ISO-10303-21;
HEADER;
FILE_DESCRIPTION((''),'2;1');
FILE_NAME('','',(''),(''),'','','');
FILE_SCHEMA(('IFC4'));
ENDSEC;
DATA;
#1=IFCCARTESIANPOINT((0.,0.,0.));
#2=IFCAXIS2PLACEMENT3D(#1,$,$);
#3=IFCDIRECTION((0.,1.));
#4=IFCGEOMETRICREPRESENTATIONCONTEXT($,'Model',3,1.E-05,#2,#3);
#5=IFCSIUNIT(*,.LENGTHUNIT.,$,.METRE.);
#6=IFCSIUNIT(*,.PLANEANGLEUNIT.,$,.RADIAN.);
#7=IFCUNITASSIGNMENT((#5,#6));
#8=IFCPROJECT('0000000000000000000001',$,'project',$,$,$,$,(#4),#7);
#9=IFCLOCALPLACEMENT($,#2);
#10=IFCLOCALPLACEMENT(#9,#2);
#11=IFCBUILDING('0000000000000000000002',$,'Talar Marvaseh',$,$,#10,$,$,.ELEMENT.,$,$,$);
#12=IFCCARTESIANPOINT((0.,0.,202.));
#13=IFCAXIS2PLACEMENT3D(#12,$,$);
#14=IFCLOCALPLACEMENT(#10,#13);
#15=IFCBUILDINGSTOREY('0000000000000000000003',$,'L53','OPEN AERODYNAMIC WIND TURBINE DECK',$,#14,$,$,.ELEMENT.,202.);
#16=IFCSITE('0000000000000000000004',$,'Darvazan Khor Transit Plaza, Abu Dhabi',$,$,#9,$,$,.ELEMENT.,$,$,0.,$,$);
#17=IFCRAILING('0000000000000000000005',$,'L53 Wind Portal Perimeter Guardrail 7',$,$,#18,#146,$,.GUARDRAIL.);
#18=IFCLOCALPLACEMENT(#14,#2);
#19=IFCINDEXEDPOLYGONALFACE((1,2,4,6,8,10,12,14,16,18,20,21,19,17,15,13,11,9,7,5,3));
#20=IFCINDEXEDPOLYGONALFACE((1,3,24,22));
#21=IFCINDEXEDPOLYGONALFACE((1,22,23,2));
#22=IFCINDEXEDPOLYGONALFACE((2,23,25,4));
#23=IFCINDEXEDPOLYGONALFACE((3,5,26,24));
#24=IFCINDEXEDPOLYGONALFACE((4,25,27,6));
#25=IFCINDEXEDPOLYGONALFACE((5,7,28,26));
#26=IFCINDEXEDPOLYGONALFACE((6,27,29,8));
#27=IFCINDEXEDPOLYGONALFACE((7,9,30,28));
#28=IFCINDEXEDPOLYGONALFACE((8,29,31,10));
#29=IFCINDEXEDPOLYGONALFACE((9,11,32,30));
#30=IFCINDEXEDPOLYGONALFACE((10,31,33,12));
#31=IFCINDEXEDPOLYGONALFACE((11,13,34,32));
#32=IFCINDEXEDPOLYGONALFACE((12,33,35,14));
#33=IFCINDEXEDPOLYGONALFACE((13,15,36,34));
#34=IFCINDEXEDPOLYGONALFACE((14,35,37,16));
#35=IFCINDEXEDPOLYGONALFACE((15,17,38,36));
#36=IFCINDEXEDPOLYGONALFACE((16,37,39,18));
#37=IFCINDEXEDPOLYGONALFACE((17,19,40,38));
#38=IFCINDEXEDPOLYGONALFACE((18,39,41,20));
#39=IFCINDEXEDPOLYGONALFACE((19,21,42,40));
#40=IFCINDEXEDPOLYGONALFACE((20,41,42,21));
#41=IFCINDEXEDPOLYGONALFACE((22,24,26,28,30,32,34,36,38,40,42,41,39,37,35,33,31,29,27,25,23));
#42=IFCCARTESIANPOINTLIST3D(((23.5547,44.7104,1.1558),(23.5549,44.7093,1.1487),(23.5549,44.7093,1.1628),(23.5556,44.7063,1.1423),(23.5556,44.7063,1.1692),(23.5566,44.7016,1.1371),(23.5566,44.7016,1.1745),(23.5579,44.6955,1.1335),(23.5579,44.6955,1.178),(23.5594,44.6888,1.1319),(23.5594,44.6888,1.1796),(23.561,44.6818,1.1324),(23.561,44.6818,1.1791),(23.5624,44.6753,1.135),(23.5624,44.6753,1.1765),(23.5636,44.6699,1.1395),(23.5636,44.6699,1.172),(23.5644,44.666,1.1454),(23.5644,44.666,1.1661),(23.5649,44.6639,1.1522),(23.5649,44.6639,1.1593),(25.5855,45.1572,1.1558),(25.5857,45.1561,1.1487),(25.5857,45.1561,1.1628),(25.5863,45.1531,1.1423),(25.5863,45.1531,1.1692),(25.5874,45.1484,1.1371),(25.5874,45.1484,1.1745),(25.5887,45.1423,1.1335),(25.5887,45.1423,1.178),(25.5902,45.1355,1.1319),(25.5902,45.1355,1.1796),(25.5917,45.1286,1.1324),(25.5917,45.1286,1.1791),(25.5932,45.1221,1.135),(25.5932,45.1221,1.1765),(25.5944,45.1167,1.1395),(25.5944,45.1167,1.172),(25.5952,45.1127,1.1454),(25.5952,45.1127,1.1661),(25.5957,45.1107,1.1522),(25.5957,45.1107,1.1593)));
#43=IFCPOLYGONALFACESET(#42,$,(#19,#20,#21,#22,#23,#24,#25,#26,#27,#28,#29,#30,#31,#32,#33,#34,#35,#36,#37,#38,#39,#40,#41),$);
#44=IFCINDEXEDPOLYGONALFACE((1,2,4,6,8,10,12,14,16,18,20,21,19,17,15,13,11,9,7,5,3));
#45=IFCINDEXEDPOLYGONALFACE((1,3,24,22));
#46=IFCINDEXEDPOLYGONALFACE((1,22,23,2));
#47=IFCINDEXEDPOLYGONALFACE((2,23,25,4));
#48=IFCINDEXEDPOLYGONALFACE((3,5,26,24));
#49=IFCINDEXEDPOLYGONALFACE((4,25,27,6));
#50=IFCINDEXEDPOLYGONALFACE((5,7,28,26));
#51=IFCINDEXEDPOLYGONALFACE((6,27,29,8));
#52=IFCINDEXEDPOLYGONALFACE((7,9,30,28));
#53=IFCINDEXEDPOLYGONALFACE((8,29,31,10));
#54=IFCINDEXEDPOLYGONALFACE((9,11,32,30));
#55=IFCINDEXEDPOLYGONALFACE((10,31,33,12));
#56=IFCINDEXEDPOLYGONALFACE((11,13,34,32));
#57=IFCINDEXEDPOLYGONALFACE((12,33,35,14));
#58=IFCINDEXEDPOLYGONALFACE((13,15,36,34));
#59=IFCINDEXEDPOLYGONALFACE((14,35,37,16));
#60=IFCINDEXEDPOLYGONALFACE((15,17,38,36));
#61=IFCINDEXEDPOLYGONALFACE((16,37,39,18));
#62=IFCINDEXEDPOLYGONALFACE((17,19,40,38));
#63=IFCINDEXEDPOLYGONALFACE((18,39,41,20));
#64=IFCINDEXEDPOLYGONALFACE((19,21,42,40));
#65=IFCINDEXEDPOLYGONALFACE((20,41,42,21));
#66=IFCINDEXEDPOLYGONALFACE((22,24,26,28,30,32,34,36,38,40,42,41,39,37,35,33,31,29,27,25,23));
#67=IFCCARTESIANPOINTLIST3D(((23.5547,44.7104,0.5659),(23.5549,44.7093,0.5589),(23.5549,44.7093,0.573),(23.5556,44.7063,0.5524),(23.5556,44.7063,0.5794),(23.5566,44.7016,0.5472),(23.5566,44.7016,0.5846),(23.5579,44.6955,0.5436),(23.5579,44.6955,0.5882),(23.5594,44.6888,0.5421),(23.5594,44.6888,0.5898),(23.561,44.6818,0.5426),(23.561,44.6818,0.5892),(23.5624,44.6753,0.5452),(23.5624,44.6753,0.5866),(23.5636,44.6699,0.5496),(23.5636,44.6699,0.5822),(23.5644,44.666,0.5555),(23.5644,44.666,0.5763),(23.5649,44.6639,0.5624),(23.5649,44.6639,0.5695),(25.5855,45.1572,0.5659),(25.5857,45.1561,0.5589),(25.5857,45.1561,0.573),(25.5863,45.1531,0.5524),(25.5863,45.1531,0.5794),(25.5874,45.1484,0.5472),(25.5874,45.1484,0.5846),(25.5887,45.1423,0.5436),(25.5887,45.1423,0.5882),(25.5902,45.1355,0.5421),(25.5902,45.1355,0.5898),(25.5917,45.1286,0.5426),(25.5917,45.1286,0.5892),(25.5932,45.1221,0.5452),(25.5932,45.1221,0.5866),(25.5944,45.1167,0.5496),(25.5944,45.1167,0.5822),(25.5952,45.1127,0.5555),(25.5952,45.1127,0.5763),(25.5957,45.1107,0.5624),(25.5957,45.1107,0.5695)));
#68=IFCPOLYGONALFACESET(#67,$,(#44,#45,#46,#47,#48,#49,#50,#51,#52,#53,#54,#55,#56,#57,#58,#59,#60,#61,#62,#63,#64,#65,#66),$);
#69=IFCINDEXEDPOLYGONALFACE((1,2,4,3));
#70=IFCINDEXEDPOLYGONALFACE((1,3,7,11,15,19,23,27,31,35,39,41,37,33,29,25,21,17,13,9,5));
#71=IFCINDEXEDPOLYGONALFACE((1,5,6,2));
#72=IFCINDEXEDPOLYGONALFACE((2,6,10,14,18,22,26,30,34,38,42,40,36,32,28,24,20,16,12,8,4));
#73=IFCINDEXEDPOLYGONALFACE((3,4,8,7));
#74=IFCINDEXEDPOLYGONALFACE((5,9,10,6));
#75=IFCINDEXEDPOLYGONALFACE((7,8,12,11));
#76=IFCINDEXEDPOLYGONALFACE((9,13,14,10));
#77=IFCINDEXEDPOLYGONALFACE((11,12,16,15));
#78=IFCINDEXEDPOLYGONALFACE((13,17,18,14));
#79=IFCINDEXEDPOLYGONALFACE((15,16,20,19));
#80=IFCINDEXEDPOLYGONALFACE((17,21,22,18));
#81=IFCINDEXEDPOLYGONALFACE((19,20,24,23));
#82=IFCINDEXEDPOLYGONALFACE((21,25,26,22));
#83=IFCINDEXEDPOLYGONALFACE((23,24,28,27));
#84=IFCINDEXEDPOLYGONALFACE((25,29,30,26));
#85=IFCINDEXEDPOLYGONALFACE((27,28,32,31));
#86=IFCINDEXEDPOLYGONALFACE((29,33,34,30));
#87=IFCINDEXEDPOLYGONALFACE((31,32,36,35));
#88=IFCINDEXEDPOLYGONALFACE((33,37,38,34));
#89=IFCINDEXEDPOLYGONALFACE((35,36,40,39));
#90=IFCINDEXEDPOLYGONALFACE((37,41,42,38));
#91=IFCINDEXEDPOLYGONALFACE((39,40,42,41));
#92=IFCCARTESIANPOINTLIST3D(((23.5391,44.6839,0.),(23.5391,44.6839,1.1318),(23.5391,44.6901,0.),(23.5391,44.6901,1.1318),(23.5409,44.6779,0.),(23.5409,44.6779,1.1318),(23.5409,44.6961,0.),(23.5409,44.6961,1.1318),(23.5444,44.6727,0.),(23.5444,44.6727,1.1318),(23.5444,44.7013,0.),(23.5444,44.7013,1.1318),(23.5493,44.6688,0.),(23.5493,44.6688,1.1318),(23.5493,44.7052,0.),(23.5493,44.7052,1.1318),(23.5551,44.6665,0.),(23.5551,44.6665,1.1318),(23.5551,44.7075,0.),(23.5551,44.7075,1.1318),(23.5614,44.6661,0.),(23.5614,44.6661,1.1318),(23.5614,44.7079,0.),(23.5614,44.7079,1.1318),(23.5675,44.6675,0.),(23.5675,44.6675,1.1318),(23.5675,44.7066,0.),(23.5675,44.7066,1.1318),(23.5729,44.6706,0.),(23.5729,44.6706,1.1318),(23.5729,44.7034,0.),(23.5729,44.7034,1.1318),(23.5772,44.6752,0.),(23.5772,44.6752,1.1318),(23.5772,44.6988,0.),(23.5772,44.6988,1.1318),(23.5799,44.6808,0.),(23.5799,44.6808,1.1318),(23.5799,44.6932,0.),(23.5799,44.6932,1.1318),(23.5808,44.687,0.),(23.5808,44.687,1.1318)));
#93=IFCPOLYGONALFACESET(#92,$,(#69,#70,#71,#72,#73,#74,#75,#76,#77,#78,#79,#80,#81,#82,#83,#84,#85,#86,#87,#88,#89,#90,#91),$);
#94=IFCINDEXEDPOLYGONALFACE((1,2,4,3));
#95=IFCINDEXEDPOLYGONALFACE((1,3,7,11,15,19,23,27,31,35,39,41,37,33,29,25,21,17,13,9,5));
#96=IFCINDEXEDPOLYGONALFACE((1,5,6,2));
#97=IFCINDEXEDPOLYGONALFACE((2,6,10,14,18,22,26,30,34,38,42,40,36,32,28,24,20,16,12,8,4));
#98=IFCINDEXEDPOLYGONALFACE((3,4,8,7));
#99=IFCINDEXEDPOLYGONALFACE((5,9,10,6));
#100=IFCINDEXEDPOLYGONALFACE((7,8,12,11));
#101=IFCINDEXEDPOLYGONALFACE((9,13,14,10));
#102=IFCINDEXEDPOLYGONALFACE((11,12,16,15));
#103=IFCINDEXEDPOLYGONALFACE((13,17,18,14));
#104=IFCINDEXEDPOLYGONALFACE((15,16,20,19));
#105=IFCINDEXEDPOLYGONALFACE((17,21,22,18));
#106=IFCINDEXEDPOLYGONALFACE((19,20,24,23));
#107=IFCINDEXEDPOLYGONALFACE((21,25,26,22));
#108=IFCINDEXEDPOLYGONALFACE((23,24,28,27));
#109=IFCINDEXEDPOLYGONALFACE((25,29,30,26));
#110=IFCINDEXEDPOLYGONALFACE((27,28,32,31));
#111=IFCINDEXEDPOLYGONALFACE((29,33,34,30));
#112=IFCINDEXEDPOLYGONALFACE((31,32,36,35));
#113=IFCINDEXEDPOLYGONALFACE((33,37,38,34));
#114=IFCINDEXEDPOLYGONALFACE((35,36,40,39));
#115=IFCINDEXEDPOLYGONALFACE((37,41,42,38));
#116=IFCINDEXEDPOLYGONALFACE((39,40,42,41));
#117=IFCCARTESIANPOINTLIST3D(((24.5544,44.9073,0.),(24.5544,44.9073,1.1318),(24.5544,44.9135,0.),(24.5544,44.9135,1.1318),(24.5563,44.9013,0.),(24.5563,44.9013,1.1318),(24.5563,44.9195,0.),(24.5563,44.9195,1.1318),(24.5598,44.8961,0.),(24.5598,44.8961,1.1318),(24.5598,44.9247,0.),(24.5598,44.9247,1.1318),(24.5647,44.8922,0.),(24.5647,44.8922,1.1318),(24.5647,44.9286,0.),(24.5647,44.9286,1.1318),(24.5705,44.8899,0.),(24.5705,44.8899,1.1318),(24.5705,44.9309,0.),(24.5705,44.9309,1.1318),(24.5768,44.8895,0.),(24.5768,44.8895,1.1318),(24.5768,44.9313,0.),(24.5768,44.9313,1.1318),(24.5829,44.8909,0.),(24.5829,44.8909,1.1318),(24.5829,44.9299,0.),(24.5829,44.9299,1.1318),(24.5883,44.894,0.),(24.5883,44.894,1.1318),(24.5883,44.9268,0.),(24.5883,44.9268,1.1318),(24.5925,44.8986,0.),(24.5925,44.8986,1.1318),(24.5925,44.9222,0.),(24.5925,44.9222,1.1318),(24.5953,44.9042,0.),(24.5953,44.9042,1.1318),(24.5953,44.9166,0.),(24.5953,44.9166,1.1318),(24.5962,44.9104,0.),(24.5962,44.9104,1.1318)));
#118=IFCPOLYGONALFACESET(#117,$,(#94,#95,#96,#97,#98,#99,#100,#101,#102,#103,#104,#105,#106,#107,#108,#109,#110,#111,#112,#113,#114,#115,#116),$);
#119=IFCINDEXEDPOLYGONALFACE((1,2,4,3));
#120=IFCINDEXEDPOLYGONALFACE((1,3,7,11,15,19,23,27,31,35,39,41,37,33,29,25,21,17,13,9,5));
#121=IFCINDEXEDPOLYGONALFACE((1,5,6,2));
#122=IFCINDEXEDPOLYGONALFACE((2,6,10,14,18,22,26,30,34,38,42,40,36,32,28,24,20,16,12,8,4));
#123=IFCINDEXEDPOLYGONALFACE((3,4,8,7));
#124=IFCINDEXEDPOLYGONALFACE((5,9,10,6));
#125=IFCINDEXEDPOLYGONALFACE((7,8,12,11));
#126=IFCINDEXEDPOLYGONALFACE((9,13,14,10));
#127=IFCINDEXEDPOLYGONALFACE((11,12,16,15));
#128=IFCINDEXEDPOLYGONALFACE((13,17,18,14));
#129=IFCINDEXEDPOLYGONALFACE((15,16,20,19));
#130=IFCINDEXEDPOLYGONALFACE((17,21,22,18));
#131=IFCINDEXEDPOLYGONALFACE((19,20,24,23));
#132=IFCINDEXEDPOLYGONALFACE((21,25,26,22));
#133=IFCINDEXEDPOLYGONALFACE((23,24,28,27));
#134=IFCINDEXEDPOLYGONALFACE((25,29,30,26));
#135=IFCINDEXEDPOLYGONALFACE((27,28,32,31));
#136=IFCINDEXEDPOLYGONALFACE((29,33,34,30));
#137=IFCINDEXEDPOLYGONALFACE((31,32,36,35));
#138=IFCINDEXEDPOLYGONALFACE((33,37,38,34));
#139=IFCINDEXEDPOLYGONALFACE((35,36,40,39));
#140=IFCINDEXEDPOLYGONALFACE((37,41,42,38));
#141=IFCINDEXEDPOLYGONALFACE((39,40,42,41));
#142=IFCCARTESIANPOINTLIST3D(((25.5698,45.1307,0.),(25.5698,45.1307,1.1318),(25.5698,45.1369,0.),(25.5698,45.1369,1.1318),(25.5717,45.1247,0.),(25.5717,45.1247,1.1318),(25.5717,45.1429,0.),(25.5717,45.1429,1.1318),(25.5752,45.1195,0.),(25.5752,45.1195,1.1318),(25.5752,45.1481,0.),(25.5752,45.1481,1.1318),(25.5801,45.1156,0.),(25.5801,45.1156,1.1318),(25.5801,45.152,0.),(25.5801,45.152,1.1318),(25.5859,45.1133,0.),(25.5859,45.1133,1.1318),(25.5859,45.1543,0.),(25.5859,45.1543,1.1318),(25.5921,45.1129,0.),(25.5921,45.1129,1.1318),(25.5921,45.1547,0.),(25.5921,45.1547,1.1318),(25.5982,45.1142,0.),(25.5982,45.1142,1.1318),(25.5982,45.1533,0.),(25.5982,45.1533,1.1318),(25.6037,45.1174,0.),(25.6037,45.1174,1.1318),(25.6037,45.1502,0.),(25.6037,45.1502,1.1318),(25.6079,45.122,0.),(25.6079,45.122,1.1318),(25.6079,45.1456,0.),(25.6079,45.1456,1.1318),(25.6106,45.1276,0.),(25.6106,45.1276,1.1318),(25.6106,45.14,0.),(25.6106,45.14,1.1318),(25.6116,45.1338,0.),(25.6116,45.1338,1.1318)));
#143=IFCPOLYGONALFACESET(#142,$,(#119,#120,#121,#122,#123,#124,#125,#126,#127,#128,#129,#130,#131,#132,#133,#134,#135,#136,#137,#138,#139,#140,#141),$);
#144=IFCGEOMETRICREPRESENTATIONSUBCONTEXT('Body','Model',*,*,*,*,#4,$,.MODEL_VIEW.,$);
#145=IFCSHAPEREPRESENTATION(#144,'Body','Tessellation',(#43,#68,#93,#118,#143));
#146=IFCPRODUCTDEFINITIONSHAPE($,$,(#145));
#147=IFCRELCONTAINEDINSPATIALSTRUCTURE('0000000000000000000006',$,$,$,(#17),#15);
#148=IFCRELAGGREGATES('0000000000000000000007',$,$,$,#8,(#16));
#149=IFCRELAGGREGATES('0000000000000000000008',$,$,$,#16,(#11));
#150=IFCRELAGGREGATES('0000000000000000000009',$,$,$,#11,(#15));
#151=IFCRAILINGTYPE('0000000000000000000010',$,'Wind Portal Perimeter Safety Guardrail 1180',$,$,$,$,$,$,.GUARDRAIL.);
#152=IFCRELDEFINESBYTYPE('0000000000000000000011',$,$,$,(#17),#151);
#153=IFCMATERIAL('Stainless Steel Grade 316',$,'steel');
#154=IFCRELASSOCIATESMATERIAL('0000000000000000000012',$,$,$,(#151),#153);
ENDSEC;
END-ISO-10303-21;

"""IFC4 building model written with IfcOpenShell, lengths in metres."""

from ifc_helpers import new_model, si_unit, direction, frame, origin, origin_2d, place, context, subcontext, project, spatial, circle, extrude, material, type_object, element, save


model = new_model("IFC4")

# Units and contexts
model_context = context("Model", 3, precision=1e-05, world=origin(), true_north=direction((0.0, 1.0)))
body_context = subcontext(model_context, "Body", "Model", "MODEL_VIEW")
ifc_project = project(units=[si_unit("LENGTHUNIT", "METRE"), si_unit("PLANEANGLEUNIT", "RADIAN")], contexts=[model_context])

# Site, building, storey
site_placement = place(None, origin())
site = spatial("IfcSite", under=ifc_project, at=site_placement, Name="Darvazan Khor Transit Plaza, Abu Dhabi", CompositionType="ELEMENT", RefElevation=0.0)
building_placement = place(site_placement, origin())
building = spatial("IfcBuilding", under=site, at=building_placement, Name="Talar Marvaseh", CompositionType="ELEMENT")
storey_placement = place(building_placement, frame((0.0, 0.0, 202.0)))
storey = spatial("IfcBuildingStorey", under=building, at=storey_placement, Name="L53", Description="OPEN AERODYNAMIC WIND TURBINE DECK", CompositionType="ELEMENT", Elevation=202.0)

# Shared definitions
ifc_material_1 = material(Name="Stainless Steel Grade 316", Category="steel")

# Railing
railing_type_1 = type_object("IfcRailingType", Name="Wind Portal Perimeter Safety Guardrail 1180", PredefinedType="GUARDRAIL", material=ifc_material_1)
railing_1_placement = place(storey_placement, frame((23.5598, 44.687, 0.0)))
element("IfcRailing", 1, at=railing_1_placement, inside=storey, type_object=railing_type_1, Name="L53 Wind Portal Perimeter Guardrail 7", PredefinedType="GUARDRAIL", context=body_context, shape_type="SweptSolid", body=[
    extrude(circle(Radius=0.0239, at=origin_2d()), frame((0.0, 0.0, 1.1558), z_axis=(0.976643, 0.214866, 0.0), x_axis=(-0.214866, 0.976643, 0.0)), (0.0, 0.0, 1.0), 2.0793),
    extrude(circle(Radius=0.0239, at=origin_2d()), frame((0.0, 0.0, 0.5659), z_axis=(0.976643, 0.214866, 0.0), x_axis=(-0.214866, 0.976643, 0.0)), (0.0, 0.0, 1.0), 2.0793),
    extrude(circle(Radius=0.021, at=origin_2d()), origin(), (0.0, 0.0, 1.0), 1.1318),
    extrude(circle(Radius=0.021, at=origin_2d()), frame((1.0154, 0.2234, 0.0)), (0.0, 0.0, 1.0), 1.1318),
    extrude(circle(Radius=0.021, at=origin_2d()), frame((2.0308, 0.4468, 0.0)), (0.0, 0.0, 1.0), 1.1318),
])

save(model, "model.ifc")
